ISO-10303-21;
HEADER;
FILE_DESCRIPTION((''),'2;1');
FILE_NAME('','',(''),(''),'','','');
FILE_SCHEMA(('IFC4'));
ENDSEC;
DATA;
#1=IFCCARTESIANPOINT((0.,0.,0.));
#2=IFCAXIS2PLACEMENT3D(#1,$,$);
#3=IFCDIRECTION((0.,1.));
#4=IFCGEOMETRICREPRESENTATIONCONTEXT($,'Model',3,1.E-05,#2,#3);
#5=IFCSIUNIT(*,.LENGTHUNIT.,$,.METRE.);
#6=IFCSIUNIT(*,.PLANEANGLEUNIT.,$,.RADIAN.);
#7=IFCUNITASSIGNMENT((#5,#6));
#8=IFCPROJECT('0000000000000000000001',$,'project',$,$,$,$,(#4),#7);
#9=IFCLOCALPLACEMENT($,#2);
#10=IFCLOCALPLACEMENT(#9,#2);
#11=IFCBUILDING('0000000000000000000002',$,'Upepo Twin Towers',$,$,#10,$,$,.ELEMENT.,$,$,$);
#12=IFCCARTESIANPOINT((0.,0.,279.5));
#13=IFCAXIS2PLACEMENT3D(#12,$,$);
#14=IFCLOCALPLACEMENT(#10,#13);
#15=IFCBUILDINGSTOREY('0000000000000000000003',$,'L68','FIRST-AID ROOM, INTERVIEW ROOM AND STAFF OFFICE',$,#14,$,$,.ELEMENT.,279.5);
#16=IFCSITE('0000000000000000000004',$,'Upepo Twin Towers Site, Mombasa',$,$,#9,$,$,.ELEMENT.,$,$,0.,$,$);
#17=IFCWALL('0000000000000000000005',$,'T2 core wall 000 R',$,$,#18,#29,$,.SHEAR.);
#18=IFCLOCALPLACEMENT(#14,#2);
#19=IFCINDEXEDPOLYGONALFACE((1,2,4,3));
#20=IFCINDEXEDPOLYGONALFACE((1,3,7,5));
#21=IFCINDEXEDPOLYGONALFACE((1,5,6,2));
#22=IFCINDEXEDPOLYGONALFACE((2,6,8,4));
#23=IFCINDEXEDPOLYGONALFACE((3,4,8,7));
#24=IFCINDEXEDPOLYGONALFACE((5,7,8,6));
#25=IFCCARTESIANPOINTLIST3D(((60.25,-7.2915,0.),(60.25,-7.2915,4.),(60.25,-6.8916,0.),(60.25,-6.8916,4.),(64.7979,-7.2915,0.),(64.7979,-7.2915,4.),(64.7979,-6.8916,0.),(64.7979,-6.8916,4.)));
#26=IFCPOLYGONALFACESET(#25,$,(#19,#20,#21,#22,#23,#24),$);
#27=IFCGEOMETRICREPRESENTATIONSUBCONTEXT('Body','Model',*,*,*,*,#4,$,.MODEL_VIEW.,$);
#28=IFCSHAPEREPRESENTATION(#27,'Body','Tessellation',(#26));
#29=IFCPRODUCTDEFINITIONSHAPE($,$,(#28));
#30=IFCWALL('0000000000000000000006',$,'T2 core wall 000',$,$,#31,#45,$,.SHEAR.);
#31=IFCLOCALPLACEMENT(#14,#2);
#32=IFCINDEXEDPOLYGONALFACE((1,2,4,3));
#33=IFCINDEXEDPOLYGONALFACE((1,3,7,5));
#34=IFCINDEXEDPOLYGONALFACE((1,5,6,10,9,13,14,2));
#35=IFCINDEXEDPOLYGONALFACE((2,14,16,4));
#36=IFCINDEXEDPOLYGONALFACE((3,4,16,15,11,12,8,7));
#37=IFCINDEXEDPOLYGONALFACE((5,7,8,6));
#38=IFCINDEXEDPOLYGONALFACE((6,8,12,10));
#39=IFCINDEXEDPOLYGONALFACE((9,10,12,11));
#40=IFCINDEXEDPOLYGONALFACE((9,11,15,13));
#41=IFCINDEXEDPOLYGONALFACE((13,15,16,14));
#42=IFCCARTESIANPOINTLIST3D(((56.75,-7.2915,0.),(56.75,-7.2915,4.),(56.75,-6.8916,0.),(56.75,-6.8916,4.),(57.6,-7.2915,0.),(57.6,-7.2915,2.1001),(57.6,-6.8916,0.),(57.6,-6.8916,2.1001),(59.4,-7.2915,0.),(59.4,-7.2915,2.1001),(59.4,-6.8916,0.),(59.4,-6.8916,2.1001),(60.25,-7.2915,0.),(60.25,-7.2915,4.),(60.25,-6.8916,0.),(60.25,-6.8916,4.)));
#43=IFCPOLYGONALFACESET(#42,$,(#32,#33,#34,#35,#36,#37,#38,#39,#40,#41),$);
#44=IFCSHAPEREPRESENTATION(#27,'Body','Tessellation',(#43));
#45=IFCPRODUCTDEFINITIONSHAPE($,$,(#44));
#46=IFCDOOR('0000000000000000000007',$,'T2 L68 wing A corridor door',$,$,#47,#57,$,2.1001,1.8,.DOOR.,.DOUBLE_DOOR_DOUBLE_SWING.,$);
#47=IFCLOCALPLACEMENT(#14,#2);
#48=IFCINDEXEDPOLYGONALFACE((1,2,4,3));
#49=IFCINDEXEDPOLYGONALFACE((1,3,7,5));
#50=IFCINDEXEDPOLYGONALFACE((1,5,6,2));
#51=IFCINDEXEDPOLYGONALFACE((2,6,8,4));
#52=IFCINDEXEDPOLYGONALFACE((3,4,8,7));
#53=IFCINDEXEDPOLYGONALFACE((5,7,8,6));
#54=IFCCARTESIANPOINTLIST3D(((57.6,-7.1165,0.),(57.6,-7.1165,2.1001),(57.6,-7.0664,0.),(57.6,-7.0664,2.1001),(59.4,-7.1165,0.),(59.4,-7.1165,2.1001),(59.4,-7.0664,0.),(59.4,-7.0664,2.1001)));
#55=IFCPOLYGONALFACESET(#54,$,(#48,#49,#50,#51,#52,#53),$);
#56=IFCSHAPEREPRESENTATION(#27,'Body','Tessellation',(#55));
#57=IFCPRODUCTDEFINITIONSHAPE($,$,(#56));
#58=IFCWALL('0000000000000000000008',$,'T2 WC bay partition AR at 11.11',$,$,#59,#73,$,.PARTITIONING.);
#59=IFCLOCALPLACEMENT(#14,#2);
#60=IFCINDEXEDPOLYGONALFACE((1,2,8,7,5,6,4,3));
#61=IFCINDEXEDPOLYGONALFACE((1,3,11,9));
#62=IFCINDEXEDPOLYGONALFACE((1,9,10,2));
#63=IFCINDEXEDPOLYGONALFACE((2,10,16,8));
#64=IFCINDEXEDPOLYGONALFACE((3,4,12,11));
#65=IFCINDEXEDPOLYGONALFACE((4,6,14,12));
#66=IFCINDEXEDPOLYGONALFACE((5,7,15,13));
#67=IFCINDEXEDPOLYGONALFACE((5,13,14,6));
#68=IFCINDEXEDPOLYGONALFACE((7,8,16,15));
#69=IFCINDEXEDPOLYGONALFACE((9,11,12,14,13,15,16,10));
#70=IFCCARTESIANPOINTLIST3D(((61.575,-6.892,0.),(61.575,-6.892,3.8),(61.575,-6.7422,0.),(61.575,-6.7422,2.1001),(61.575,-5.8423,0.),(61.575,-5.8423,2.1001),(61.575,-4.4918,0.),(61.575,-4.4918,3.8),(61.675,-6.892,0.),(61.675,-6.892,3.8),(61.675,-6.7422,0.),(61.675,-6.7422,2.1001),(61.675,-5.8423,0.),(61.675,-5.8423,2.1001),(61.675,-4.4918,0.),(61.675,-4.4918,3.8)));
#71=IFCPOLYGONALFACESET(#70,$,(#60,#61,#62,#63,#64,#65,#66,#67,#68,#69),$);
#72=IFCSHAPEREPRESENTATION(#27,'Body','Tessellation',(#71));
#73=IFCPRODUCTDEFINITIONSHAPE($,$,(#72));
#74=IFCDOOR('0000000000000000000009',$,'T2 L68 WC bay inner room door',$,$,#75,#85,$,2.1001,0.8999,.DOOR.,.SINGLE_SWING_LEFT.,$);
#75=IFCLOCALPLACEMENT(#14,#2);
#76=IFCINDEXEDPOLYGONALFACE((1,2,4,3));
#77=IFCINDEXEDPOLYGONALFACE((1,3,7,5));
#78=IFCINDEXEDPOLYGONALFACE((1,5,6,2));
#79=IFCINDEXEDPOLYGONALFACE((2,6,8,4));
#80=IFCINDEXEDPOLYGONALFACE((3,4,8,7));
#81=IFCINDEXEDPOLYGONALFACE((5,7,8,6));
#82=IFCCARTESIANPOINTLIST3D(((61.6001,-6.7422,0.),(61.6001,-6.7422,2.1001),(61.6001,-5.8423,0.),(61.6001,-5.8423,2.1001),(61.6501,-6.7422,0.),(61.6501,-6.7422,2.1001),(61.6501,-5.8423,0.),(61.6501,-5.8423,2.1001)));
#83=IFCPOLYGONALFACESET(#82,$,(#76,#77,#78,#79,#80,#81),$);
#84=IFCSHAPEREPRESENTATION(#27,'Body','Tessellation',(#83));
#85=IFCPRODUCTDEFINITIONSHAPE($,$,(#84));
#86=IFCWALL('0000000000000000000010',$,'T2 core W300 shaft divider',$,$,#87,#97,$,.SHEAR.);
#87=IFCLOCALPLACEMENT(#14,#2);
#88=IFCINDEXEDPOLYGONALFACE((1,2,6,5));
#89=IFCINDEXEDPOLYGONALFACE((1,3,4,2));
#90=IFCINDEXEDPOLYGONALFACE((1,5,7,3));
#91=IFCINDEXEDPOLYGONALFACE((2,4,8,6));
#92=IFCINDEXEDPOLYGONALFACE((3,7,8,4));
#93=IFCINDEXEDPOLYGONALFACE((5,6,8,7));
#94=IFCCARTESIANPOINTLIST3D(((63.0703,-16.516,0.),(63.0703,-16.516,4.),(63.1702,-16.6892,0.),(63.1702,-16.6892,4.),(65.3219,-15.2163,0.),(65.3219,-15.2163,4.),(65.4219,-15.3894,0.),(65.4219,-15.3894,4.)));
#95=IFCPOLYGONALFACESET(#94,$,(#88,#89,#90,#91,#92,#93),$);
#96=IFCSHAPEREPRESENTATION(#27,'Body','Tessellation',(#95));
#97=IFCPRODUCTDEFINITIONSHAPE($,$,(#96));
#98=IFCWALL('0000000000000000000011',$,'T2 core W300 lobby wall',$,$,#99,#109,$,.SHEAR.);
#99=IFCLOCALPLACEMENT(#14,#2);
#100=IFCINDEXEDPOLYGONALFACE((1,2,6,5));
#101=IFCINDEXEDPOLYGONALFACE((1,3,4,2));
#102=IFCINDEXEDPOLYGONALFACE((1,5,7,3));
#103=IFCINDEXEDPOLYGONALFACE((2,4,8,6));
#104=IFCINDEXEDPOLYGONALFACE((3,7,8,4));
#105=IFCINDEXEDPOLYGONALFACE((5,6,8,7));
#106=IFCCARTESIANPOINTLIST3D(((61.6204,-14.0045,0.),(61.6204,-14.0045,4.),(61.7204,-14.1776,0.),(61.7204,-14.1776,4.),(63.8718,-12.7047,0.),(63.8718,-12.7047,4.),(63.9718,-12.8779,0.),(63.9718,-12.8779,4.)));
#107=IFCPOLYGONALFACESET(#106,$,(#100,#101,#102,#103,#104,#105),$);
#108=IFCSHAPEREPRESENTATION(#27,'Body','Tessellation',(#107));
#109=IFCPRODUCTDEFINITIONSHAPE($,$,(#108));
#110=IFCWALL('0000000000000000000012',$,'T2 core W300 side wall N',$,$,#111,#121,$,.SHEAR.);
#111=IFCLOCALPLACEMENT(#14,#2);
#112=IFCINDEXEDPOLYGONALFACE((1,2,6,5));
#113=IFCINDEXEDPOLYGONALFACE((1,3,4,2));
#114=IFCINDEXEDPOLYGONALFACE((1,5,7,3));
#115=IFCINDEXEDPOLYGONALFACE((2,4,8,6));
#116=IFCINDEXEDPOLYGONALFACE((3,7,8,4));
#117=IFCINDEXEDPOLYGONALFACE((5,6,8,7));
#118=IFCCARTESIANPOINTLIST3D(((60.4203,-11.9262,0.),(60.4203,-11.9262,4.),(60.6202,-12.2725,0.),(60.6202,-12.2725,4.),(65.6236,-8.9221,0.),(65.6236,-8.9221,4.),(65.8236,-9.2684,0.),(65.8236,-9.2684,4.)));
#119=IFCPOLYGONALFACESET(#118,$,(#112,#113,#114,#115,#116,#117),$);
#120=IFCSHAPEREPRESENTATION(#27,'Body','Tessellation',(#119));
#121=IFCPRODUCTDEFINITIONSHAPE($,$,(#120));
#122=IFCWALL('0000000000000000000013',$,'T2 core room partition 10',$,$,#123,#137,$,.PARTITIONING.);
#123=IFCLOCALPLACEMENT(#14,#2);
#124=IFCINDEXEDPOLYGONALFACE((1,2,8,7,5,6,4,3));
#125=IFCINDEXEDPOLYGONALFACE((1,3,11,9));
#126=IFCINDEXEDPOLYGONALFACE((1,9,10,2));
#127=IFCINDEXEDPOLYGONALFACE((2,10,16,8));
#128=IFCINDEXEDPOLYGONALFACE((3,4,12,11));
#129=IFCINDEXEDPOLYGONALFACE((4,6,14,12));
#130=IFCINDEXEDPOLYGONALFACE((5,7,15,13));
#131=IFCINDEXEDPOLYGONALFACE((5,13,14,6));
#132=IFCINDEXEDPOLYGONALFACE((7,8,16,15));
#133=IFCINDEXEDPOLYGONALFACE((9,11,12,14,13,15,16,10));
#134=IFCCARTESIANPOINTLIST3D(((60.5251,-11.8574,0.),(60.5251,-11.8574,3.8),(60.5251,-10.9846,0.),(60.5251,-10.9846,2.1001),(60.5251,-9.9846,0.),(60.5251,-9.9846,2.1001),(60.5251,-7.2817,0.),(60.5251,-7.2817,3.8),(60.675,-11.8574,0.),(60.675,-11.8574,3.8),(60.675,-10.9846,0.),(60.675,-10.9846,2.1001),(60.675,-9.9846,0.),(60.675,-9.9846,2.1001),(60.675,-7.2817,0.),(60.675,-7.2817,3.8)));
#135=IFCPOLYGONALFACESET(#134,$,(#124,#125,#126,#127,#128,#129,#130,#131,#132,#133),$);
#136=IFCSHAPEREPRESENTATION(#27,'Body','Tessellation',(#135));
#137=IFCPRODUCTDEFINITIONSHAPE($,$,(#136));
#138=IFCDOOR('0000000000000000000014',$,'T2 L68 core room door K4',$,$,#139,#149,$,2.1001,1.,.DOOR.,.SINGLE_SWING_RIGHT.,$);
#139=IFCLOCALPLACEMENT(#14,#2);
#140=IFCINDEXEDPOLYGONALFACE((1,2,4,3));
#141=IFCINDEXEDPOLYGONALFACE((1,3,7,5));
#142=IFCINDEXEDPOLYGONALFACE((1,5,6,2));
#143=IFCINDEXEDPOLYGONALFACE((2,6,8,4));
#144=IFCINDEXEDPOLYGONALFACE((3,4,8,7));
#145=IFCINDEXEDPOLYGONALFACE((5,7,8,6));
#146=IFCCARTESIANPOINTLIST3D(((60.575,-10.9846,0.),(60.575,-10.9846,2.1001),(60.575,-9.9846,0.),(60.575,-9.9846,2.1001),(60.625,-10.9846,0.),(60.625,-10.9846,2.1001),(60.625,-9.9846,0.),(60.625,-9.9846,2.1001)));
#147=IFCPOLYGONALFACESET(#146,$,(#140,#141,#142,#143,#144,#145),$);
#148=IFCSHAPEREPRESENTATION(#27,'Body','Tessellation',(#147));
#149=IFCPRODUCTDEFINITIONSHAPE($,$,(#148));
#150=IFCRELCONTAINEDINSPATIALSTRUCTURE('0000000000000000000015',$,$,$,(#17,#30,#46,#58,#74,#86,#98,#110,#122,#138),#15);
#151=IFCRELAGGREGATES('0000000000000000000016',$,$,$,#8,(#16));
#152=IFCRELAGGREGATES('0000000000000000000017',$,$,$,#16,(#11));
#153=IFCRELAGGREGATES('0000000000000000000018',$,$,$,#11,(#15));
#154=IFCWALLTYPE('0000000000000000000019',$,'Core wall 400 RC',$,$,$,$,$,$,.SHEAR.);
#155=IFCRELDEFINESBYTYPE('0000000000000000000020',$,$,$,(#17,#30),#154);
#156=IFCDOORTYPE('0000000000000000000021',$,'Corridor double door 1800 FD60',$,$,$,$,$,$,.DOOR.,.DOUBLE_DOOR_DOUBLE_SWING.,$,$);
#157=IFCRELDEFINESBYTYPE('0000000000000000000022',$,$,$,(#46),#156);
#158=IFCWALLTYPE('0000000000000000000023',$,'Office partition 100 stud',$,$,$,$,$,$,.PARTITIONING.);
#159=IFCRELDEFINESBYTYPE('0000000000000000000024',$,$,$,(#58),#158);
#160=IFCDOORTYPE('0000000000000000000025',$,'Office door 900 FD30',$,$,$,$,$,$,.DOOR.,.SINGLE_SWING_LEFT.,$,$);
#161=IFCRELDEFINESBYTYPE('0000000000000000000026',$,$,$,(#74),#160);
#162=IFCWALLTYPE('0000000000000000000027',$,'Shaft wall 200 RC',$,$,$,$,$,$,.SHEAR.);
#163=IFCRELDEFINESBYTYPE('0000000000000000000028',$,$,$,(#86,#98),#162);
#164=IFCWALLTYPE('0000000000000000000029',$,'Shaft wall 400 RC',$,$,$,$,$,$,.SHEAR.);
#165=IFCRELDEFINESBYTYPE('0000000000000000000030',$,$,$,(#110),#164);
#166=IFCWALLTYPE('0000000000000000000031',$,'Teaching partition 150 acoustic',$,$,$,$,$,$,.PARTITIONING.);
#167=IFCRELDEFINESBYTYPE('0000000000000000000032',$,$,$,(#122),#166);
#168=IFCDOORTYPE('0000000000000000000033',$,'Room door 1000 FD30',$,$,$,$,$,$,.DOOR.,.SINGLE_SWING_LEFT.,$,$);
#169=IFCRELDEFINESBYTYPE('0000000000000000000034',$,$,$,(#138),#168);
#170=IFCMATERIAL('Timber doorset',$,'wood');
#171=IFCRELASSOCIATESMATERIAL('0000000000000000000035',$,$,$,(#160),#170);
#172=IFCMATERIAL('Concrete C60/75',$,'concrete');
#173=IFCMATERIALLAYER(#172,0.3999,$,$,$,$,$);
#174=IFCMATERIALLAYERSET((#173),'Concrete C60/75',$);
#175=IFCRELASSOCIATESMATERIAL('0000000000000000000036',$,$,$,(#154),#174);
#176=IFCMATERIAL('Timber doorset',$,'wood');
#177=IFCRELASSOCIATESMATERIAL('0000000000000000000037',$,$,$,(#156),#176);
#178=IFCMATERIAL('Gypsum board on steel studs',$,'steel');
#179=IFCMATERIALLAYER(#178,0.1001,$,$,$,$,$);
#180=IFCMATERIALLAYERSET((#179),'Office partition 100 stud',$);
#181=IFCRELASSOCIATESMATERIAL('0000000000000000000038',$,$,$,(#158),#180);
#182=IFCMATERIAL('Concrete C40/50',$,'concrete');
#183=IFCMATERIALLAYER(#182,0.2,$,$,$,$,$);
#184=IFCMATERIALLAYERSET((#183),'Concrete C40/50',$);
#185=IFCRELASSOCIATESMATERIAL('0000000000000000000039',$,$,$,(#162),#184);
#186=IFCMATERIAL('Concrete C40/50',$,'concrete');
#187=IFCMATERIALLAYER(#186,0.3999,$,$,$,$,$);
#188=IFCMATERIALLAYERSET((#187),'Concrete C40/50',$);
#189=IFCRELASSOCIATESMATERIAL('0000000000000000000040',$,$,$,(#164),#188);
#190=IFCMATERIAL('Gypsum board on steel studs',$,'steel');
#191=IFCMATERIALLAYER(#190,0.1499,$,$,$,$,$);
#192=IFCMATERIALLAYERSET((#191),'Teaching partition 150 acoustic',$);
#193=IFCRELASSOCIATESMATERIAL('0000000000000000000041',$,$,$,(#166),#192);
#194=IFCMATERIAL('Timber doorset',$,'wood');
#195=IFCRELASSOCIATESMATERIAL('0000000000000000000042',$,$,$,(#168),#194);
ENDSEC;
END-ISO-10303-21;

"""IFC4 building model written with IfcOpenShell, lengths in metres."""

from ifc_helpers import new_model, si_unit, direction, frame, frame_2d, origin, place, context, subcontext, project, spatial, rectangle, extrude, material, layer, layer_set, type_object, element, fill, save


model = new_model("IFC4")

# Units and contexts
model_context = context("Model", 3, precision=1e-05, world=origin(), true_north=direction((0.0, 1.0)))
body_context = subcontext(model_context, "Body", "Model", "MODEL_VIEW")
ifc_project = project(units=[si_unit("LENGTHUNIT", "METRE"), si_unit("PLANEANGLEUNIT", "RADIAN")], contexts=[model_context])

# Site, building, storey
site_placement = place(None, origin())
site = spatial("IfcSite", under=ifc_project, at=site_placement, Name="Upepo Twin Towers Site, Mombasa", CompositionType="ELEMENT", RefElevation=0.0)
building_placement = place(site_placement, origin())
building = spatial("IfcBuilding", under=site, at=building_placement, Name="Upepo Twin Towers", CompositionType="ELEMENT")
storey_placement = place(building_placement, frame((0.0, 0.0, 279.5)))
storey = spatial("IfcBuildingStorey", under=building, at=storey_placement, Name="L68", Description="FIRST-AID ROOM, INTERVIEW ROOM AND STAFF OFFICE", CompositionType="ELEMENT", Elevation=279.5)

# Shared definitions
ifc_material_1 = material(Name="Timber doorset", Category="wood")
door_type_1 = type_object("IfcDoorType", Name="Office door 900 FD30", OperationType="SINGLE_SWING_LEFT", PredefinedType="DOOR", material=ifc_material_1)

# Wall
ifc_material_2 = material(Name="Concrete C60/75", Category="concrete")
ifc_layer_1 = layer(ifc_material_2, 0.3999)
ifc_layer_set_1 = layer_set([ifc_layer_1], Name="Concrete C60/75")
wall_type_1 = type_object("IfcWallType", Name="Core wall 400 RC", PredefinedType="SHEAR", material=ifc_layer_set_1)
wall_1_placement = place(storey_placement, frame((64.7979, -7.0916, 0.0), z_axis=(0.0, 0.0, 1.0), x_axis=(-1.0, 0.0, 0.0)))
element("IfcWall", 1, at=wall_1_placement, inside=storey, type_object=wall_type_1, Name="T2 core wall 000 R", PredefinedType="SHEAR", context=body_context, shape_type="SweptSolid", body=[
    extrude(rectangle(XDim=4.5479, YDim=0.3999, at=frame_2d((2.2739, 0.0))), origin(), (0.0, 0.0, 1.0), 4.0),
])

# Walls, openings, doors
wall_2_placement = place(storey_placement, frame((60.25, -7.0916, 0.0), z_axis=(0.0, 0.0, 1.0), x_axis=(-1.0, 0.0, 0.0)))
wall_2 = element("IfcWall", 2, at=wall_2_placement, inside=storey, type_object=wall_type_1, Name="T2 core wall 000", PredefinedType="SHEAR", context=body_context, shape_type="SweptSolid", body=[
    extrude(rectangle(XDim=3.5, YDim=0.3999, at=frame_2d((1.75, 0.0))), origin(), (0.0, 0.0, 1.0), 4.0),
])
opening_1_placement = place(wall_2_placement, frame((0.8501, 0.0, 0.0)))
opening_1 = element("IfcOpeningElement", 3, at=opening_1_placement, cuts=wall_2, PredefinedType="OPENING", context=body_context, shape_type="SweptSolid", body=[
    extrude(rectangle(XDim=1.8, YDim=2.1001, at=frame_2d((0.8999, 1.05))), frame((0.0, 0.21, 0.0), z_axis=(0.0, -1.0, 0.0), x_axis=(1.0, 0.0, 0.0)), (0.0, 0.0, 1.0), 0.4199),
])
ifc_material_3 = material(Name="Timber doorset", Category="wood")
door_type_2 = type_object("IfcDoorType", Name="Corridor double door 1800 FD60", OperationType="DOUBLE_DOOR_DOUBLE_SWING", PredefinedType="DOOR", material=ifc_material_3)
door_1_placement = place(opening_1_placement, origin())
door_1 = element("IfcDoor", 4, at=door_1_placement, inside=storey, type_object=door_type_2, Name="T2 L68 wing A corridor door", OperationType="DOUBLE_DOOR_DOUBLE_SWING", OverallHeight=2.1001, OverallWidth=1.8, PredefinedType="DOOR", context=body_context, shape_type="SweptSolid", body=[
    extrude(rectangle(XDim=1.8, YDim=2.1001, at=frame_2d((0.8999, 1.05))), frame((0.0, 0.0249, 0.0), z_axis=(0.0, -1.0, 0.0), x_axis=(1.0, 0.0, 0.0)), (0.0, 0.0, 1.0), 0.05),
])
fill(opening_1, door_1)
ifc_material_4 = material(Name="Gypsum board on steel studs", Category="steel")
ifc_layer_2 = layer(ifc_material_4, 0.1001)
ifc_layer_set_2 = layer_set([ifc_layer_2], Name="Office partition 100 stud")
wall_type_2 = type_object("IfcWallType", Name="Office partition 100 stud", PredefinedType="PARTITIONING", material=ifc_layer_set_2)
wall_3_placement = place(storey_placement, frame((61.625, -6.8921, 0.0), z_axis=(0.0, 0.0, 1.0), x_axis=(0.0, 1.0, 0.0)))
wall_3 = element("IfcWall", 5, at=wall_3_placement, inside=storey, type_object=wall_type_2, Name="T2 WC bay partition AR at 11.11", PredefinedType="PARTITIONING", context=body_context, shape_type="SweptSolid", body=[
    extrude(rectangle(XDim=2.4001, YDim=0.1001, at=frame_2d((1.2002, 0.0))), origin(), (0.0, 0.0, 1.0), 3.8),
])
opening_2_placement = place(wall_3_placement, frame((0.1499, 0.0, 0.0)))
opening_2 = element("IfcOpeningElement", 6, at=opening_2_placement, cuts=wall_3, PredefinedType="OPENING", context=body_context, shape_type="SweptSolid", body=[
    extrude(rectangle(XDim=0.8999, YDim=2.1001, at=frame_2d((0.45, 1.05))), frame((0.0, 0.0601, 0.0), z_axis=(0.0, -1.0, 0.0), x_axis=(1.0, 0.0, 0.0)), (0.0, 0.0, 1.0), 0.1201),
])
door_2_placement = place(opening_2_placement, origin())
door_2 = element("IfcDoor", 7, at=door_2_placement, inside=storey, type_object=door_type_1, Name="T2 L68 WC bay inner room door", OperationType="SINGLE_SWING_LEFT", OverallHeight=2.1001, OverallWidth=0.8999, PredefinedType="DOOR", context=body_context, shape_type="SweptSolid", body=[
    extrude(rectangle(XDim=0.8999, YDim=2.1001, at=frame_2d((0.45, 1.05))), frame((0.0, 0.0249, 0.0), z_axis=(0.0, -1.0, 0.0), x_axis=(1.0, 0.0, 0.0)), (0.0, 0.0, 1.0), 0.05),
])
fill(opening_2, door_2)

# Walls
ifc_material_5 = material(Name="Concrete C40/50", Category="concrete")
ifc_layer_3 = layer(ifc_material_5, 0.2)
ifc_layer_set_3 = layer_set([ifc_layer_3], Name="Concrete C40/50")
wall_type_3 = type_object("IfcWallType", Name="Shaft wall 200 RC", PredefinedType="SHEAR", material=ifc_layer_set_3)
wall_4_placement = place(storey_placement, frame((63.1204, -16.6025, 0.0), z_axis=(0.0, 0.0, 1.0), x_axis=(0.866062, 0.499937, 0.0)))
element("IfcWall", 8, at=wall_4_placement, inside=storey, type_object=wall_type_3, Name="T2 core W300 shaft divider", PredefinedType="SHEAR", context=body_context, shape_type="SweptSolid", body=[
    extrude(rectangle(XDim=2.5999, YDim=0.2, at=frame_2d((1.2998, 0.0))), origin(), (0.0, 0.0, 1.0), 4.0),
])
wall_5_placement = place(storey_placement, frame((61.6704, -14.0911, 0.0), z_axis=(0.0, 0.0, 1.0), x_axis=(0.866039, 0.499977, 0.0)))
element("IfcWall", 9, at=wall_5_placement, inside=storey, type_object=wall_type_3, Name="T2 core W300 lobby wall", PredefinedType="SHEAR", context=body_context, shape_type="SweptSolid", body=[
    extrude(rectangle(XDim=2.5996, YDim=0.2, at=frame_2d((1.2998, 0.0))), origin(), (0.0, 0.0, 1.0), 4.0),
])
ifc_material_6 = material(Name="Concrete C40/50", Category="concrete")
ifc_layer_4 = layer(ifc_material_6, 0.3999)
ifc_layer_set_4 = layer_set([ifc_layer_4], Name="Concrete C40/50")
wall_type_4 = type_object("IfcWallType", Name="Shaft wall 400 RC", PredefinedType="SHEAR", material=ifc_layer_set_4)
wall_6_placement = place(storey_placement, frame((60.5203, -12.0994, 0.0), z_axis=(0.0, 0.0, 1.0), x_axis=(0.866027, 0.499998, 0.0)))
element("IfcWall", 10, at=wall_6_placement, inside=storey, type_object=wall_type_4, Name="T2 core W300 side wall N", PredefinedType="SHEAR", context=body_context, shape_type="SweptSolid", body=[
    extrude(rectangle(XDim=6.0083, YDim=0.3999, at=frame_2d((3.0042, 0.0))), origin(), (0.0, 0.0, 1.0), 4.0),
])

# Wall, opening, door
ifc_material_7 = material(Name="Gypsum board on steel studs", Category="steel")
ifc_layer_5 = layer(ifc_material_7, 0.1499)
ifc_layer_set_5 = layer_set([ifc_layer_5], Name="Teaching partition 150 acoustic")
wall_type_5 = type_object("IfcWallType", Name="Teaching partition 150 acoustic", PredefinedType="PARTITIONING", material=ifc_layer_set_5)
wall_7_placement = place(storey_placement, frame((60.6001, -7.2817, 0.0), z_axis=(0.0, 0.0, 1.0), x_axis=(0.0, -1.0, 0.0)))
wall_7 = element("IfcWall", 11, at=wall_7_placement, inside=storey, type_object=wall_type_5, Name="T2 core room partition 10", PredefinedType="PARTITIONING", context=body_context, shape_type="SweptSolid", body=[
    extrude(rectangle(XDim=4.5757, YDim=0.1499, at=frame_2d((2.2878, 0.0))), origin(), (0.0, 0.0, 1.0), 3.8),
])
opening_3_placement = place(wall_7_placement, frame((2.7029, 0.0, 0.0)))
opening_3 = element("IfcOpeningElement", 12, at=opening_3_placement, cuts=wall_7, PredefinedType="OPENING", context=body_context, shape_type="SweptSolid", body=[
    extrude(rectangle(XDim=1.0, YDim=2.1001, at=frame_2d((0.5, 1.05))), frame((0.0, 0.085, 0.0), z_axis=(0.0, -1.0, 0.0), x_axis=(1.0, 0.0, 0.0)), (0.0, 0.0, 1.0), 0.1699),
])
ifc_material_8 = material(Name="Timber doorset", Category="wood")
door_type_3 = type_object("IfcDoorType", Name="Room door 1000 FD30", OperationType="SINGLE_SWING_LEFT", PredefinedType="DOOR", material=ifc_material_8)
door_3_placement = place(opening_3_placement, origin())
door_3 = element("IfcDoor", 13, at=door_3_placement, inside=storey, type_object=door_type_3, Name="T2 L68 core room door K4", OperationType="SINGLE_SWING_RIGHT", OverallHeight=2.1001, OverallWidth=1.0, PredefinedType="DOOR", context=body_context, shape_type="SweptSolid", body=[
    extrude(rectangle(XDim=1.0, YDim=2.1001, at=frame_2d((0.5, 1.05))), frame((0.0, 0.0249, 0.0), z_axis=(0.0, -1.0, 0.0), x_axis=(1.0, 0.0, 0.0)), (0.0, 0.0, 1.0), 0.05),
])
fill(opening_3, door_3)

save(model, "model.ifc")
